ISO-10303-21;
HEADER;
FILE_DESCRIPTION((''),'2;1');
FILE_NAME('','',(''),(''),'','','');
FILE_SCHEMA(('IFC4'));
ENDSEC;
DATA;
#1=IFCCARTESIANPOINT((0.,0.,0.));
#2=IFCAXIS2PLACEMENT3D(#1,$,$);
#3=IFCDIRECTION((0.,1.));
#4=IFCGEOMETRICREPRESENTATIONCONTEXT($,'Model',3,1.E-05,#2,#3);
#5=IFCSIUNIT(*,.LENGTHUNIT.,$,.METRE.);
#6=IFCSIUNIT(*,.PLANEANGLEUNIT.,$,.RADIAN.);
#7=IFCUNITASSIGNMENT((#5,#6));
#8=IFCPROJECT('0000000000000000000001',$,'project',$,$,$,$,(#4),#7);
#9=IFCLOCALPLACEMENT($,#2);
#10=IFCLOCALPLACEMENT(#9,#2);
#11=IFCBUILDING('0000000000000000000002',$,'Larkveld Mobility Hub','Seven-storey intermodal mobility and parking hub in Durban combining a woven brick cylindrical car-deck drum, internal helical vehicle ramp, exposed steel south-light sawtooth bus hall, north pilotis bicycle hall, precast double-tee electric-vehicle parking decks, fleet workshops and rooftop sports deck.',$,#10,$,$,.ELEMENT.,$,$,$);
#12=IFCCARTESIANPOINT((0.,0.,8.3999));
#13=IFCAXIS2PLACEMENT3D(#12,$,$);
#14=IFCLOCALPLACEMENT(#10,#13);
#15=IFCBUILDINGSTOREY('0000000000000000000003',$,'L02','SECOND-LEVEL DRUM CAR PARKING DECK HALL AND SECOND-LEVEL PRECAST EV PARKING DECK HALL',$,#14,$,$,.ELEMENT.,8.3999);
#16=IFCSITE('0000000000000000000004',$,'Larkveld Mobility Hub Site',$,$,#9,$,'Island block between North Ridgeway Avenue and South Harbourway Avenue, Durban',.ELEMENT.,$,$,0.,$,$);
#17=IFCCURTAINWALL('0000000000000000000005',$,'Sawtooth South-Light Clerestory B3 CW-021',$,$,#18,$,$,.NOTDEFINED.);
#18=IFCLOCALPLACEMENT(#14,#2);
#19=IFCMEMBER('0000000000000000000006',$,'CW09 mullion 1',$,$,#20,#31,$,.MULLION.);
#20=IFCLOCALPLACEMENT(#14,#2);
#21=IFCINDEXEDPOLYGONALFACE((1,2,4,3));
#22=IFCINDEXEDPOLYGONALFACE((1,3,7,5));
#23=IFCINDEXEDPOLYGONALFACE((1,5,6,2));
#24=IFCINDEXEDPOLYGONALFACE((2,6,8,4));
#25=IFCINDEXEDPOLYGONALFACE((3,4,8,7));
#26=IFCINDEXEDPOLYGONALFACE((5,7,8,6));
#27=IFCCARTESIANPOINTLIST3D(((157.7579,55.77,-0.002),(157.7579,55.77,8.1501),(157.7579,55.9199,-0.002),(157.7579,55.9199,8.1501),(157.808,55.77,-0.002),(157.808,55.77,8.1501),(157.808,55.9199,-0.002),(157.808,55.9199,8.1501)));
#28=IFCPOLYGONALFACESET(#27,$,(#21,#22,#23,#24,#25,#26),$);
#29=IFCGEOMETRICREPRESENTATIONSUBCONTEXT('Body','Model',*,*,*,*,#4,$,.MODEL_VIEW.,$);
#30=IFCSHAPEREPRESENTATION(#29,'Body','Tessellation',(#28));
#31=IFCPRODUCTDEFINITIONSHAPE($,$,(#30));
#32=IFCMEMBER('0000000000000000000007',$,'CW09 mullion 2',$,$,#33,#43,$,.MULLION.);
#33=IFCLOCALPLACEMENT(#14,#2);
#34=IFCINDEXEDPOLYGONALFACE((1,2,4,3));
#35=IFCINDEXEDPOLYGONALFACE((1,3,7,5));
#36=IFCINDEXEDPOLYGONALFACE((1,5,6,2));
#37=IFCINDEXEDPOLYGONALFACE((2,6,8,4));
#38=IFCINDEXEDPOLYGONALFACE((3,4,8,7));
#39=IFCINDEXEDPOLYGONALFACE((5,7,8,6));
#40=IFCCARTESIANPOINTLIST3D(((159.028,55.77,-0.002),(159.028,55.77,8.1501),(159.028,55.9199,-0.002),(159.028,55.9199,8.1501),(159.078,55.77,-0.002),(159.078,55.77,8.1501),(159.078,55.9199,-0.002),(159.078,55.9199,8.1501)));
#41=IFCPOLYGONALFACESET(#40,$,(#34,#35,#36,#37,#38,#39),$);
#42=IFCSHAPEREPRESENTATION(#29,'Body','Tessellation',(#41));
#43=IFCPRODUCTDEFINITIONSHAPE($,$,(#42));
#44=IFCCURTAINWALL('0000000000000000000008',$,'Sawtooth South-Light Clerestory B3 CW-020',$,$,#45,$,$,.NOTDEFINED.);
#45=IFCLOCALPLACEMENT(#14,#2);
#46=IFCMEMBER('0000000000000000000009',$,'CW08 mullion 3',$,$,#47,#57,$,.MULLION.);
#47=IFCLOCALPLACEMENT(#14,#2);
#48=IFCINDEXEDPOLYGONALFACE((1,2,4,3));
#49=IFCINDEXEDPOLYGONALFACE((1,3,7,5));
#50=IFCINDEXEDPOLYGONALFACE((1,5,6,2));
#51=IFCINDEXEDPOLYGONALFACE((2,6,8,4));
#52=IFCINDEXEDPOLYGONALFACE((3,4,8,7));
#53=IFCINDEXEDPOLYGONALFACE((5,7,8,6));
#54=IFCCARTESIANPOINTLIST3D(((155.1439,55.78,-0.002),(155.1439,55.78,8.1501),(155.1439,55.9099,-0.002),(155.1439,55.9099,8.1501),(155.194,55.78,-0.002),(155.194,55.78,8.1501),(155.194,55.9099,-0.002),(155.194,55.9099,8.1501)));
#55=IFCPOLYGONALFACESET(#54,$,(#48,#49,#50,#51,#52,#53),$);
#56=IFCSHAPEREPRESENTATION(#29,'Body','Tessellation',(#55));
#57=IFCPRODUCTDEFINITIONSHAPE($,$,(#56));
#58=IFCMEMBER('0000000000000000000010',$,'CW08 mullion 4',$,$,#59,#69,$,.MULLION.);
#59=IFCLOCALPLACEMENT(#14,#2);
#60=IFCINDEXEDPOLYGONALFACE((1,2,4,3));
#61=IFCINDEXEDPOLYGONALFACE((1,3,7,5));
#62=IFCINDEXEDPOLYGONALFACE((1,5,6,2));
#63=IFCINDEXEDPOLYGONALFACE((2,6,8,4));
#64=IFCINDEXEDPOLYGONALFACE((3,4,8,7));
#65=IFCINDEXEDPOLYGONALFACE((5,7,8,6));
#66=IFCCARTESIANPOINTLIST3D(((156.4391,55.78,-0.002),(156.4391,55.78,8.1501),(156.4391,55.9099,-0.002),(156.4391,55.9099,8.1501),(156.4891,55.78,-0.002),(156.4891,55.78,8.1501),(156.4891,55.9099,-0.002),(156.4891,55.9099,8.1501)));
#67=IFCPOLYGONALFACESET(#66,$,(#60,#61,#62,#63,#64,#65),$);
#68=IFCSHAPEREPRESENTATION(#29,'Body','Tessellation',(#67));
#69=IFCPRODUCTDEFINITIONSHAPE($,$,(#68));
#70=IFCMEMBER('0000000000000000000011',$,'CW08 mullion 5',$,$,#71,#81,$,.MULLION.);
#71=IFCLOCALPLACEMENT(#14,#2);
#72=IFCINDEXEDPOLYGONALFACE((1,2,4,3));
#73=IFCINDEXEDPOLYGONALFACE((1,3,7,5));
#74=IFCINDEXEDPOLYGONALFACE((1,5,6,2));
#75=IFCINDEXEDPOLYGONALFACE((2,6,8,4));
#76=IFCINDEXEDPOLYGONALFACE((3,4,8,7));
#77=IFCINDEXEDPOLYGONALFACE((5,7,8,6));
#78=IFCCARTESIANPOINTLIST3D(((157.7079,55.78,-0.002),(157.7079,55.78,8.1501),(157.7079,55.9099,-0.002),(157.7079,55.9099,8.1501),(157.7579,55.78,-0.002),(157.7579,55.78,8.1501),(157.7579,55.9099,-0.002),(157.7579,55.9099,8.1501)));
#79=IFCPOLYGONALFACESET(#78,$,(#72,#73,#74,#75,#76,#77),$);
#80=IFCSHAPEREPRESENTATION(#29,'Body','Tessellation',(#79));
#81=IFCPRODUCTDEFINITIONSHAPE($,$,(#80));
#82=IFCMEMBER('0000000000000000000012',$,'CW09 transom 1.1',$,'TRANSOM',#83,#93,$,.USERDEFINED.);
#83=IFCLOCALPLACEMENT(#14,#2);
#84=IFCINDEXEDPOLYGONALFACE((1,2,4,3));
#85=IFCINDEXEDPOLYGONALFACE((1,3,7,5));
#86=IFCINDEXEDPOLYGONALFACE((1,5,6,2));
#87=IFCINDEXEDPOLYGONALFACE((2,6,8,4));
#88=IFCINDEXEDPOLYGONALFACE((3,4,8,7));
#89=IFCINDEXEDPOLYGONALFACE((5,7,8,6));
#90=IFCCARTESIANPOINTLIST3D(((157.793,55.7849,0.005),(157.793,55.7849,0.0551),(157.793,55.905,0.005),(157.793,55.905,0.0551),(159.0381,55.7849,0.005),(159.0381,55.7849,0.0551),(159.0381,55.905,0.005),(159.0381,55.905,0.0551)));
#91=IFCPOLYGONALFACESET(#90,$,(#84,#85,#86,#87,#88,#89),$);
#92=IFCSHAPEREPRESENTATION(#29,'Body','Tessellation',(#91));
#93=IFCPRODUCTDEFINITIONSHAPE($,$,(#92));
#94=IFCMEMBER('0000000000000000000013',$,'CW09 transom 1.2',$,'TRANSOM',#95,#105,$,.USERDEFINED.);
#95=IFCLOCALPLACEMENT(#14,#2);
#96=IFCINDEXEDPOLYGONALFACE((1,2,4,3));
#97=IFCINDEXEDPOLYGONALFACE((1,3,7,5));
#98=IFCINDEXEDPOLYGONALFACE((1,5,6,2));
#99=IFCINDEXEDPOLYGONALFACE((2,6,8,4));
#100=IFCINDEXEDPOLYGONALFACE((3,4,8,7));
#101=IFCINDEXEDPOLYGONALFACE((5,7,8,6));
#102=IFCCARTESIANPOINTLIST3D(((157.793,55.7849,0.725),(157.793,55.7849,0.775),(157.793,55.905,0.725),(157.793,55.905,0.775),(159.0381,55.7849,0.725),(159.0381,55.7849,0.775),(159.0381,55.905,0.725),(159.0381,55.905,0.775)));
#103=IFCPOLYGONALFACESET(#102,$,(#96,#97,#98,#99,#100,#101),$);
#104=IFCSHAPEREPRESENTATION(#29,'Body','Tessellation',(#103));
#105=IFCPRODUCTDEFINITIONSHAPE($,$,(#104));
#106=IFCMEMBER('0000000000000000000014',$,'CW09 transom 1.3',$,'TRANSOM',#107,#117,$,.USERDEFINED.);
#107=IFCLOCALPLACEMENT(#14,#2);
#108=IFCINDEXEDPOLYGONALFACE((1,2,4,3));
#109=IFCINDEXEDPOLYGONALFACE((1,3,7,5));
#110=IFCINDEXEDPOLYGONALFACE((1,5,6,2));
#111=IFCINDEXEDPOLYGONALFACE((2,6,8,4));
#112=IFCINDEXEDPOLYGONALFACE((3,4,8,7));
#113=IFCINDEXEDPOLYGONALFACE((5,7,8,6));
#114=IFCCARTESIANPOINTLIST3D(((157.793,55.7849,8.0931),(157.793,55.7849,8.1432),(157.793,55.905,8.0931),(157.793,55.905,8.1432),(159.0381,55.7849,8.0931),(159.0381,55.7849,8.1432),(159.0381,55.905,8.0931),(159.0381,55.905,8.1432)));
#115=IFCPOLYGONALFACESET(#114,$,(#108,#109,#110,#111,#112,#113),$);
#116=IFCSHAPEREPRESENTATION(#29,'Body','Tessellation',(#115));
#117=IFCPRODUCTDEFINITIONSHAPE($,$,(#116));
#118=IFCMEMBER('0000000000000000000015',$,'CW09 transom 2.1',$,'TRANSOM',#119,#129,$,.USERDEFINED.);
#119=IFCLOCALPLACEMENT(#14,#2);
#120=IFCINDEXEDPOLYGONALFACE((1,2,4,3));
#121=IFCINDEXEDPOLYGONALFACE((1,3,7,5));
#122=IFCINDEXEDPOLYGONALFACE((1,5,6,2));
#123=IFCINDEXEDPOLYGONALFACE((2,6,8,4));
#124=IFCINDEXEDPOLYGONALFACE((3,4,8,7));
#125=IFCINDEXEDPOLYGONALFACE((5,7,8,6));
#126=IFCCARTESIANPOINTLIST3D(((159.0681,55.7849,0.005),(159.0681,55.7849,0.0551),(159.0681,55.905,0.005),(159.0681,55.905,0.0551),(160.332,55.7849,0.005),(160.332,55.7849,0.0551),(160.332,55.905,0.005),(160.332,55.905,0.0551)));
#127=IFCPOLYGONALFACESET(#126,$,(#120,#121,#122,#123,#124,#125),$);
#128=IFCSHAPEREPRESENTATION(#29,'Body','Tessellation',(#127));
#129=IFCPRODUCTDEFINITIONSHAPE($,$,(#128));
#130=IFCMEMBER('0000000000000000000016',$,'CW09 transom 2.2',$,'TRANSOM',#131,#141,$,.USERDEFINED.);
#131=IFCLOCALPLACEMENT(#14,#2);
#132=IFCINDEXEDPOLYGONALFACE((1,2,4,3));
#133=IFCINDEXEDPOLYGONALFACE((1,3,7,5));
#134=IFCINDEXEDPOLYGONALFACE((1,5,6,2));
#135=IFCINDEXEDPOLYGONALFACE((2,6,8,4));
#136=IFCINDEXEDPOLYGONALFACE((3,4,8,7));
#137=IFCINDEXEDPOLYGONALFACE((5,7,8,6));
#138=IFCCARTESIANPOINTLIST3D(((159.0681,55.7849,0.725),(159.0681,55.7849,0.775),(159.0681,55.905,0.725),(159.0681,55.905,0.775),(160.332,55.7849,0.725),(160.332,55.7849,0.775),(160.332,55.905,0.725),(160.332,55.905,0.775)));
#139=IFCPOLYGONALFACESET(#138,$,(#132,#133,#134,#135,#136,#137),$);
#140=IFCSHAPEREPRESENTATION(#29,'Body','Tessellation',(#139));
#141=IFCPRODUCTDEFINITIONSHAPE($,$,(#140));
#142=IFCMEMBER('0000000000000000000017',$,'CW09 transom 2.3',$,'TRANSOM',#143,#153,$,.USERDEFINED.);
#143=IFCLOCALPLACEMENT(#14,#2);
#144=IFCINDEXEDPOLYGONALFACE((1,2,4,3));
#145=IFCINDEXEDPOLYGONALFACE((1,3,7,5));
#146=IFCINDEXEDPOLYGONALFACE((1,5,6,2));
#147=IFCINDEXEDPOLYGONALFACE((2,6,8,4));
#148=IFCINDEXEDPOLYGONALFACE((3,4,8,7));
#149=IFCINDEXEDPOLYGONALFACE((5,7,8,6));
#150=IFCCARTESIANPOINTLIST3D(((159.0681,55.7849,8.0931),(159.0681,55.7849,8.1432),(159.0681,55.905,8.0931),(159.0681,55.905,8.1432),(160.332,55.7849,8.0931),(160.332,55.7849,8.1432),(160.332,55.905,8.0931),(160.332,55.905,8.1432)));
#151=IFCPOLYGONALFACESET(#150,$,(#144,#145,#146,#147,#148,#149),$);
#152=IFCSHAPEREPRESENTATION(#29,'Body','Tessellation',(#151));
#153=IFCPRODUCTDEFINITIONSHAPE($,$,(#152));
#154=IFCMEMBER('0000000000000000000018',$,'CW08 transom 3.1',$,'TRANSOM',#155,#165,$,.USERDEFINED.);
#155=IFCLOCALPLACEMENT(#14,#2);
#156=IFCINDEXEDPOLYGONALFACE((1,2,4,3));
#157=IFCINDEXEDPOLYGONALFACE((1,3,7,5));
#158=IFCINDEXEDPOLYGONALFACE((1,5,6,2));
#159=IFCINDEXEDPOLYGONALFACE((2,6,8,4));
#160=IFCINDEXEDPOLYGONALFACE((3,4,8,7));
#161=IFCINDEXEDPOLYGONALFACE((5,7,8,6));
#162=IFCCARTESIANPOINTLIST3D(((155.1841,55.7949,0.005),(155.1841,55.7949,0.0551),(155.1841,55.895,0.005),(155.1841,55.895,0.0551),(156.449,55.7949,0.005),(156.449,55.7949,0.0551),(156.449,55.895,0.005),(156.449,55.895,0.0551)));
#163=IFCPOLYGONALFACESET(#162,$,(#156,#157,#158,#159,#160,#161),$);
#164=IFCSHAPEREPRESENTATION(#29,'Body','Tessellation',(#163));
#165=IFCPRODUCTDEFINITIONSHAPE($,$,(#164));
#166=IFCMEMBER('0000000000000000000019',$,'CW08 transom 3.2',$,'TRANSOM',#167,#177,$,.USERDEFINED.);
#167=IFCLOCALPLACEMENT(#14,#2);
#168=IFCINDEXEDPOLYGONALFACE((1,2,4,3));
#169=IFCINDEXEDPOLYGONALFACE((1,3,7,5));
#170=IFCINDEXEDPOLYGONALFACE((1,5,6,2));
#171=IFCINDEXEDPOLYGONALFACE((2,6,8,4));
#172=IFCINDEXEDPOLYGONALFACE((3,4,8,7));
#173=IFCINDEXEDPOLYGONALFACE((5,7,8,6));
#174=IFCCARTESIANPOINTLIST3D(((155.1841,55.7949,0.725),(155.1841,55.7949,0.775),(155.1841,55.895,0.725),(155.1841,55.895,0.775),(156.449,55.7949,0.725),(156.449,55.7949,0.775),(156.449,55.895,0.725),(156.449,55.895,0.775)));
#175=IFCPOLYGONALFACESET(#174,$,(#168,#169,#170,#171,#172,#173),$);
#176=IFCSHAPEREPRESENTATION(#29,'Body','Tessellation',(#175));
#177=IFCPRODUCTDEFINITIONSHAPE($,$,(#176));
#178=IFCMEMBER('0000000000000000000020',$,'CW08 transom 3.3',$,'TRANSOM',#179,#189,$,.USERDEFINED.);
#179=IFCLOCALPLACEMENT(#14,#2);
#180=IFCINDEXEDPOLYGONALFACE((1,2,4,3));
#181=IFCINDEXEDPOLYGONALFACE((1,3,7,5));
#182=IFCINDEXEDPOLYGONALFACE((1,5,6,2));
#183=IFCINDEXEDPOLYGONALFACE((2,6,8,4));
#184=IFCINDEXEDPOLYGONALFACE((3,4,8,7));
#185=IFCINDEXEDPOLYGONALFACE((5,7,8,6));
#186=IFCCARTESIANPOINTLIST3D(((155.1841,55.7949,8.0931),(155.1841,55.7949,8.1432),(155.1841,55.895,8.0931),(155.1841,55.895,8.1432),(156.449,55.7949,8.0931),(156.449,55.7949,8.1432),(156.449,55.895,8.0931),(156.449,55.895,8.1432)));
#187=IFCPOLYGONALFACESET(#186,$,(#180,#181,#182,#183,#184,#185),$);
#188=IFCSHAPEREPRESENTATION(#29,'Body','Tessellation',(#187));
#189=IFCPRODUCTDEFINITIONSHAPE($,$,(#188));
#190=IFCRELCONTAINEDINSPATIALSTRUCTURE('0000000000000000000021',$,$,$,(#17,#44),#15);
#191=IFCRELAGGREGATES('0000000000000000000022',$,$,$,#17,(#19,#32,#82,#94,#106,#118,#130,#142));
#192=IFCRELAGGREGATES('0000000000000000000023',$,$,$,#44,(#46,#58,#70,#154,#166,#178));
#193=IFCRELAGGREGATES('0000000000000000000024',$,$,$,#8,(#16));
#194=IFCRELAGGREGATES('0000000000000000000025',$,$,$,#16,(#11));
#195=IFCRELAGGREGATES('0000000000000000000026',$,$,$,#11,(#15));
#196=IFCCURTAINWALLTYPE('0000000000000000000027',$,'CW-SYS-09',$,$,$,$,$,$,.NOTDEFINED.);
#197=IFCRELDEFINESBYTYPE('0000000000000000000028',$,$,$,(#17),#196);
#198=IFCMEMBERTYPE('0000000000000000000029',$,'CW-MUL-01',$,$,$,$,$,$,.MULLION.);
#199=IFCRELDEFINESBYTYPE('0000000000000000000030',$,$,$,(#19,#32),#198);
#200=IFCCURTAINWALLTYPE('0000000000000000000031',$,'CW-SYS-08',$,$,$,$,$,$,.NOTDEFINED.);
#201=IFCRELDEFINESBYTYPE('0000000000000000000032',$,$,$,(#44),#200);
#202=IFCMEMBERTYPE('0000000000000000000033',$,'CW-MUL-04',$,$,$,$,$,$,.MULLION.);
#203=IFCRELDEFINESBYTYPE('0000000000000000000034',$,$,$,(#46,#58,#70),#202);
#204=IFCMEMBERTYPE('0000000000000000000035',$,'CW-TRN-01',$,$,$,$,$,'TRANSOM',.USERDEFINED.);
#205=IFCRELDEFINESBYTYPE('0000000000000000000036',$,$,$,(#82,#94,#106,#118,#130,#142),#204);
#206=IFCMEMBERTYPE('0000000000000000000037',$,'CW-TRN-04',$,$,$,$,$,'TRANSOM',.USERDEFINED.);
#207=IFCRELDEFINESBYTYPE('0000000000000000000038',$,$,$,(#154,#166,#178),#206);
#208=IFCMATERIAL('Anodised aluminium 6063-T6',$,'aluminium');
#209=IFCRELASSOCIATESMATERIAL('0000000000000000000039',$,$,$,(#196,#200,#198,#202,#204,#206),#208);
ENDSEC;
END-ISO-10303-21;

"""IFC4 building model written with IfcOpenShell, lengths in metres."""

from ifc_helpers import new_model, si_unit, direction, frame, origin, origin_2d, place, context, subcontext, project, spatial, rectangle, extrude, material, material_profile, profile_set, type_object, element, aggregate, save


model = new_model("IFC4")

# Units and contexts
model_context = context("Model", 3, precision=1e-05, world=origin(), true_north=direction((0.0, 1.0)))
body_context = subcontext(model_context, "Body", "Model", "MODEL_VIEW")
ifc_project = project(units=[si_unit("LENGTHUNIT", "METRE"), si_unit("PLANEANGLEUNIT", "RADIAN")], contexts=[model_context])

# Site, building, storey
site_placement = place(None, origin())
site = spatial("IfcSite", under=ifc_project, at=site_placement, Name="Larkveld Mobility Hub Site", LongName="Island block between North Ridgeway Avenue and South Harbourway Avenue, Durban", CompositionType="ELEMENT", RefElevation=0.0)
building_placement = place(site_placement, origin())
building = spatial("IfcBuilding", under=site, at=building_placement, Name="Larkveld Mobility Hub", Description="Seven-storey intermodal mobility and parking hub in Durban combining a woven brick cylindrical car-deck drum, internal helical vehicle ramp, exposed steel south-light sawtooth bus hall, north pilotis bicycle hall, precast double-tee electric-vehicle parking decks, fleet workshops and rooftop sports deck.", CompositionType="ELEMENT")
storey_placement = place(building_placement, frame((0.0, 0.0, 8.3999)))
storey = spatial("IfcBuildingStorey", under=building, at=storey_placement, Name="L02", Description="SECOND-LEVEL DRUM CAR PARKING DECK HALL AND SECOND-LEVEL PRECAST EV PARKING DECK HALL", CompositionType="ELEMENT", Elevation=8.3999)

# Curtain walls, members
ifc_material_1 = material(Name="Anodised aluminium 6063-T6", Category="aluminium")
curtain_wall_type_1 = type_object("IfcCurtainWallType", Name="CW-SYS-09", PredefinedType="NOTDEFINED", material=ifc_material_1)
curtain_wall_1_placement = place(storey_placement, origin())
curtain_wall_1 = element("IfcCurtainWall", 1, at=curtain_wall_1_placement, inside=storey, type_object=curtain_wall_type_1, Name="Sawtooth South-Light Clerestory B3 CW-021", PredefinedType="NOTDEFINED")
ifc_material_profile_1 = material_profile(ifc_material_1, rectangle(XDim=0.05, YDim=0.1499, at=origin_2d()), Name="ALU MULL 50x150")
ifc_profile_set_1 = profile_set([ifc_material_profile_1], Name="Anodised aluminium 6063-T6")
member_type_1 = type_object("IfcMemberType", Name="CW-MUL-01", PredefinedType="MULLION", material=ifc_profile_set_1)
member_1_placement = place(storey_placement, frame((157.783, 55.845, -0.002), z_axis=(0.0, 0.0, 1.0), x_axis=(1.0, 0.0, 0.0)))
member_1 = element("IfcMember", 2, at=member_1_placement, type_object=member_type_1, Name="CW09 mullion 1", PredefinedType="MULLION", context=body_context, shape_type="SweptSolid", body=[
    extrude(rectangle(XDim=0.05, YDim=0.1499, at=origin_2d()), origin(), (0.0, 0.0, 1.0), 8.1521),
])
member_2_placement = place(storey_placement, frame((159.053, 55.845, -0.002), z_axis=(0.0, 0.0, 1.0), x_axis=(1.0, 0.0, 0.0)))
member_2 = element("IfcMember", 3, at=member_2_placement, type_object=member_type_1, Name="CW09 mullion 2", PredefinedType="MULLION", context=body_context, shape_type="SweptSolid", body=[
    extrude(rectangle(XDim=0.05, YDim=0.1499, at=origin_2d()), origin(), (0.0, 0.0, 1.0), 8.1521),
])
curtain_wall_type_2 = type_object("IfcCurtainWallType", Name="CW-SYS-08", PredefinedType="NOTDEFINED", material=ifc_material_1)
curtain_wall_2_placement = place(storey_placement, origin())
curtain_wall_2 = element("IfcCurtainWall", 4, at=curtain_wall_2_placement, inside=storey, type_object=curtain_wall_type_2, Name="Sawtooth South-Light Clerestory B3 CW-020", PredefinedType="NOTDEFINED")
ifc_material_profile_2 = material_profile(ifc_material_1, rectangle(XDim=0.05, YDim=0.1299, at=origin_2d()), Name="ALU MULL 50x130")
ifc_profile_set_2 = profile_set([ifc_material_profile_2], Name="Anodised aluminium 6063-T6")
member_type_2 = type_object("IfcMemberType", Name="CW-MUL-04", PredefinedType="MULLION", material=ifc_profile_set_2)
member_3_placement = place(storey_placement, frame((155.1689, 55.845, -0.002), z_axis=(0.0, 0.0, 1.0), x_axis=(1.0, 0.0, 0.0)))
member_3 = element("IfcMember", 5, at=member_3_placement, type_object=member_type_2, Name="CW08 mullion 3", PredefinedType="MULLION", context=body_context, shape_type="SweptSolid", body=[
    extrude(rectangle(XDim=0.05, YDim=0.1299, at=origin_2d()), origin(), (0.0, 0.0, 1.0), 8.1521),
])
member_4_placement = place(storey_placement, frame((156.4641, 55.845, -0.002), z_axis=(0.0, 0.0, 1.0), x_axis=(1.0, 0.0, 0.0)))
member_4 = element("IfcMember", 6, at=member_4_placement, type_object=member_type_2, Name="CW08 mullion 4", PredefinedType="MULLION", context=body_context, shape_type="SweptSolid", body=[
    extrude(rectangle(XDim=0.05, YDim=0.1299, at=origin_2d()), origin(), (0.0, 0.0, 1.0), 8.1521),
])
member_5_placement = place(storey_placement, frame((157.7329, 55.845, -0.002), z_axis=(0.0, 0.0, 1.0), x_axis=(1.0, 0.0, 0.0)))
member_5 = element("IfcMember", 7, at=member_5_placement, type_object=member_type_2, Name="CW08 mullion 5", PredefinedType="MULLION", context=body_context, shape_type="SweptSolid", body=[
    extrude(rectangle(XDim=0.05, YDim=0.1299, at=origin_2d()), origin(), (0.0, 0.0, 1.0), 8.1521),
])

# Members
ifc_material_profile_3 = material_profile(ifc_material_1, rectangle(XDim=0.1201, YDim=0.05, at=origin_2d()), Name="ALU TRAN 50x120")
ifc_profile_set_3 = profile_set([ifc_material_profile_3], Name="Anodised aluminium 6063-T6")
member_type_3 = type_object("IfcMemberType", Name="CW-TRN-01", ElementType="TRANSOM", PredefinedType="USERDEFINED", material=ifc_profile_set_3)
member_6_placement = place(storey_placement, frame((157.793, 55.845, 0.03), z_axis=(1.0, 0.0, 0.0), x_axis=(0.0, 1.0, 0.0)))
member_6 = element("IfcMember", 8, at=member_6_placement, type_object=member_type_3, Name="CW09 transom 1.1", ObjectType="TRANSOM", PredefinedType="USERDEFINED", context=body_context, shape_type="SweptSolid", body=[
    extrude(rectangle(XDim=0.1201, YDim=0.05, at=origin_2d()), origin(), (0.0, 0.0, 1.0), 1.2451),
])
member_7_placement = place(storey_placement, frame((157.793, 55.845, 0.75), z_axis=(1.0, 0.0, 0.0), x_axis=(0.0, 1.0, 0.0)))
member_7 = element("IfcMember", 9, at=member_7_placement, type_object=member_type_3, Name="CW09 transom 1.2", ObjectType="TRANSOM", PredefinedType="USERDEFINED", context=body_context, shape_type="SweptSolid", body=[
    extrude(rectangle(XDim=0.1201, YDim=0.05, at=origin_2d()), origin(), (0.0, 0.0, 1.0), 1.2451),
])
member_8_placement = place(storey_placement, frame((157.793, 55.845, 8.1182), z_axis=(1.0, 0.0, 0.0), x_axis=(0.0, 1.0, 0.0)))
member_8 = element("IfcMember", 10, at=member_8_placement, type_object=member_type_3, Name="CW09 transom 1.3", ObjectType="TRANSOM", PredefinedType="USERDEFINED", context=body_context, shape_type="SweptSolid", body=[
    extrude(rectangle(XDim=0.1201, YDim=0.05, at=origin_2d()), origin(), (0.0, 0.0, 1.0), 1.2451),
])
member_9_placement = place(storey_placement, frame((159.0681, 55.845, 0.03), z_axis=(1.0, 0.0, 0.0), x_axis=(0.0, 1.0, 0.0)))
member_9 = element("IfcMember", 11, at=member_9_placement, type_object=member_type_3, Name="CW09 transom 2.1", ObjectType="TRANSOM", PredefinedType="USERDEFINED", context=body_context, shape_type="SweptSolid", body=[
    extrude(rectangle(XDim=0.1201, YDim=0.05, at=origin_2d()), origin(), (0.0, 0.0, 1.0), 1.2639),
])
member_10_placement = place(storey_placement, frame((159.0681, 55.845, 0.75), z_axis=(1.0, 0.0, 0.0), x_axis=(0.0, 1.0, 0.0)))
member_10 = element("IfcMember", 12, at=member_10_placement, type_object=member_type_3, Name="CW09 transom 2.2", ObjectType="TRANSOM", PredefinedType="USERDEFINED", context=body_context, shape_type="SweptSolid", body=[
    extrude(rectangle(XDim=0.1201, YDim=0.05, at=origin_2d()), origin(), (0.0, 0.0, 1.0), 1.2639),
])
member_11_placement = place(storey_placement, frame((159.0681, 55.845, 8.1182), z_axis=(1.0, 0.0, 0.0), x_axis=(0.0, 1.0, 0.0)))
member_11 = element("IfcMember", 13, at=member_11_placement, type_object=member_type_3, Name="CW09 transom 2.3", ObjectType="TRANSOM", PredefinedType="USERDEFINED", context=body_context, shape_type="SweptSolid", body=[
    extrude(rectangle(XDim=0.1201, YDim=0.05, at=origin_2d()), origin(), (0.0, 0.0, 1.0), 1.2639),
])
ifc_material_profile_4 = material_profile(ifc_material_1, rectangle(XDim=0.1001, YDim=0.05, at=origin_2d()), Name="ALU TRAN 50x100")
ifc_profile_set_4 = profile_set([ifc_material_profile_4], Name="Anodised aluminium 6063-T6")
member_type_4 = type_object("IfcMemberType", Name="CW-TRN-04", ElementType="TRANSOM", PredefinedType="USERDEFINED", material=ifc_profile_set_4)
member_12_placement = place(storey_placement, frame((155.1841, 55.845, 0.03), z_axis=(1.0, 0.0, 0.0), x_axis=(0.0, 1.0, 0.0)))
member_12 = element("IfcMember", 14, at=member_12_placement, type_object=member_type_4, Name="CW08 transom 3.1", ObjectType="TRANSOM", PredefinedType="USERDEFINED", context=body_context, shape_type="SweptSolid", body=[
    extrude(rectangle(XDim=0.1001, YDim=0.05, at=origin_2d()), origin(), (0.0, 0.0, 1.0), 1.2649),
])
member_13_placement = place(storey_placement, frame((155.1841, 55.845, 0.75), z_axis=(1.0, 0.0, 0.0), x_axis=(0.0, 1.0, 0.0)))
member_13 = element("IfcMember", 15, at=member_13_placement, type_object=member_type_4, Name="CW08 transom 3.2", ObjectType="TRANSOM", PredefinedType="USERDEFINED", context=body_context, shape_type="SweptSolid", body=[
    extrude(rectangle(XDim=0.1001, YDim=0.05, at=origin_2d()), origin(), (0.0, 0.0, 1.0), 1.2649),
])
member_14_placement = place(storey_placement, frame((155.1841, 55.845, 8.1182), z_axis=(1.0, 0.0, 0.0), x_axis=(0.0, 1.0, 0.0)))
member_14 = element("IfcMember", 16, at=member_14_placement, type_object=member_type_4, Name="CW08 transom 3.3", ObjectType="TRANSOM", PredefinedType="USERDEFINED", context=body_context, shape_type="SweptSolid", body=[
    extrude(rectangle(XDim=0.1001, YDim=0.05, at=origin_2d()), origin(), (0.0, 0.0, 1.0), 1.2649),
])

aggregate(curtain_wall_1, [member_1, member_2, member_6, member_7, member_8, member_9, member_10, member_11])
aggregate(curtain_wall_2, [member_3, member_4, member_5, member_12, member_13, member_14])

save(model, "model.ifc")
